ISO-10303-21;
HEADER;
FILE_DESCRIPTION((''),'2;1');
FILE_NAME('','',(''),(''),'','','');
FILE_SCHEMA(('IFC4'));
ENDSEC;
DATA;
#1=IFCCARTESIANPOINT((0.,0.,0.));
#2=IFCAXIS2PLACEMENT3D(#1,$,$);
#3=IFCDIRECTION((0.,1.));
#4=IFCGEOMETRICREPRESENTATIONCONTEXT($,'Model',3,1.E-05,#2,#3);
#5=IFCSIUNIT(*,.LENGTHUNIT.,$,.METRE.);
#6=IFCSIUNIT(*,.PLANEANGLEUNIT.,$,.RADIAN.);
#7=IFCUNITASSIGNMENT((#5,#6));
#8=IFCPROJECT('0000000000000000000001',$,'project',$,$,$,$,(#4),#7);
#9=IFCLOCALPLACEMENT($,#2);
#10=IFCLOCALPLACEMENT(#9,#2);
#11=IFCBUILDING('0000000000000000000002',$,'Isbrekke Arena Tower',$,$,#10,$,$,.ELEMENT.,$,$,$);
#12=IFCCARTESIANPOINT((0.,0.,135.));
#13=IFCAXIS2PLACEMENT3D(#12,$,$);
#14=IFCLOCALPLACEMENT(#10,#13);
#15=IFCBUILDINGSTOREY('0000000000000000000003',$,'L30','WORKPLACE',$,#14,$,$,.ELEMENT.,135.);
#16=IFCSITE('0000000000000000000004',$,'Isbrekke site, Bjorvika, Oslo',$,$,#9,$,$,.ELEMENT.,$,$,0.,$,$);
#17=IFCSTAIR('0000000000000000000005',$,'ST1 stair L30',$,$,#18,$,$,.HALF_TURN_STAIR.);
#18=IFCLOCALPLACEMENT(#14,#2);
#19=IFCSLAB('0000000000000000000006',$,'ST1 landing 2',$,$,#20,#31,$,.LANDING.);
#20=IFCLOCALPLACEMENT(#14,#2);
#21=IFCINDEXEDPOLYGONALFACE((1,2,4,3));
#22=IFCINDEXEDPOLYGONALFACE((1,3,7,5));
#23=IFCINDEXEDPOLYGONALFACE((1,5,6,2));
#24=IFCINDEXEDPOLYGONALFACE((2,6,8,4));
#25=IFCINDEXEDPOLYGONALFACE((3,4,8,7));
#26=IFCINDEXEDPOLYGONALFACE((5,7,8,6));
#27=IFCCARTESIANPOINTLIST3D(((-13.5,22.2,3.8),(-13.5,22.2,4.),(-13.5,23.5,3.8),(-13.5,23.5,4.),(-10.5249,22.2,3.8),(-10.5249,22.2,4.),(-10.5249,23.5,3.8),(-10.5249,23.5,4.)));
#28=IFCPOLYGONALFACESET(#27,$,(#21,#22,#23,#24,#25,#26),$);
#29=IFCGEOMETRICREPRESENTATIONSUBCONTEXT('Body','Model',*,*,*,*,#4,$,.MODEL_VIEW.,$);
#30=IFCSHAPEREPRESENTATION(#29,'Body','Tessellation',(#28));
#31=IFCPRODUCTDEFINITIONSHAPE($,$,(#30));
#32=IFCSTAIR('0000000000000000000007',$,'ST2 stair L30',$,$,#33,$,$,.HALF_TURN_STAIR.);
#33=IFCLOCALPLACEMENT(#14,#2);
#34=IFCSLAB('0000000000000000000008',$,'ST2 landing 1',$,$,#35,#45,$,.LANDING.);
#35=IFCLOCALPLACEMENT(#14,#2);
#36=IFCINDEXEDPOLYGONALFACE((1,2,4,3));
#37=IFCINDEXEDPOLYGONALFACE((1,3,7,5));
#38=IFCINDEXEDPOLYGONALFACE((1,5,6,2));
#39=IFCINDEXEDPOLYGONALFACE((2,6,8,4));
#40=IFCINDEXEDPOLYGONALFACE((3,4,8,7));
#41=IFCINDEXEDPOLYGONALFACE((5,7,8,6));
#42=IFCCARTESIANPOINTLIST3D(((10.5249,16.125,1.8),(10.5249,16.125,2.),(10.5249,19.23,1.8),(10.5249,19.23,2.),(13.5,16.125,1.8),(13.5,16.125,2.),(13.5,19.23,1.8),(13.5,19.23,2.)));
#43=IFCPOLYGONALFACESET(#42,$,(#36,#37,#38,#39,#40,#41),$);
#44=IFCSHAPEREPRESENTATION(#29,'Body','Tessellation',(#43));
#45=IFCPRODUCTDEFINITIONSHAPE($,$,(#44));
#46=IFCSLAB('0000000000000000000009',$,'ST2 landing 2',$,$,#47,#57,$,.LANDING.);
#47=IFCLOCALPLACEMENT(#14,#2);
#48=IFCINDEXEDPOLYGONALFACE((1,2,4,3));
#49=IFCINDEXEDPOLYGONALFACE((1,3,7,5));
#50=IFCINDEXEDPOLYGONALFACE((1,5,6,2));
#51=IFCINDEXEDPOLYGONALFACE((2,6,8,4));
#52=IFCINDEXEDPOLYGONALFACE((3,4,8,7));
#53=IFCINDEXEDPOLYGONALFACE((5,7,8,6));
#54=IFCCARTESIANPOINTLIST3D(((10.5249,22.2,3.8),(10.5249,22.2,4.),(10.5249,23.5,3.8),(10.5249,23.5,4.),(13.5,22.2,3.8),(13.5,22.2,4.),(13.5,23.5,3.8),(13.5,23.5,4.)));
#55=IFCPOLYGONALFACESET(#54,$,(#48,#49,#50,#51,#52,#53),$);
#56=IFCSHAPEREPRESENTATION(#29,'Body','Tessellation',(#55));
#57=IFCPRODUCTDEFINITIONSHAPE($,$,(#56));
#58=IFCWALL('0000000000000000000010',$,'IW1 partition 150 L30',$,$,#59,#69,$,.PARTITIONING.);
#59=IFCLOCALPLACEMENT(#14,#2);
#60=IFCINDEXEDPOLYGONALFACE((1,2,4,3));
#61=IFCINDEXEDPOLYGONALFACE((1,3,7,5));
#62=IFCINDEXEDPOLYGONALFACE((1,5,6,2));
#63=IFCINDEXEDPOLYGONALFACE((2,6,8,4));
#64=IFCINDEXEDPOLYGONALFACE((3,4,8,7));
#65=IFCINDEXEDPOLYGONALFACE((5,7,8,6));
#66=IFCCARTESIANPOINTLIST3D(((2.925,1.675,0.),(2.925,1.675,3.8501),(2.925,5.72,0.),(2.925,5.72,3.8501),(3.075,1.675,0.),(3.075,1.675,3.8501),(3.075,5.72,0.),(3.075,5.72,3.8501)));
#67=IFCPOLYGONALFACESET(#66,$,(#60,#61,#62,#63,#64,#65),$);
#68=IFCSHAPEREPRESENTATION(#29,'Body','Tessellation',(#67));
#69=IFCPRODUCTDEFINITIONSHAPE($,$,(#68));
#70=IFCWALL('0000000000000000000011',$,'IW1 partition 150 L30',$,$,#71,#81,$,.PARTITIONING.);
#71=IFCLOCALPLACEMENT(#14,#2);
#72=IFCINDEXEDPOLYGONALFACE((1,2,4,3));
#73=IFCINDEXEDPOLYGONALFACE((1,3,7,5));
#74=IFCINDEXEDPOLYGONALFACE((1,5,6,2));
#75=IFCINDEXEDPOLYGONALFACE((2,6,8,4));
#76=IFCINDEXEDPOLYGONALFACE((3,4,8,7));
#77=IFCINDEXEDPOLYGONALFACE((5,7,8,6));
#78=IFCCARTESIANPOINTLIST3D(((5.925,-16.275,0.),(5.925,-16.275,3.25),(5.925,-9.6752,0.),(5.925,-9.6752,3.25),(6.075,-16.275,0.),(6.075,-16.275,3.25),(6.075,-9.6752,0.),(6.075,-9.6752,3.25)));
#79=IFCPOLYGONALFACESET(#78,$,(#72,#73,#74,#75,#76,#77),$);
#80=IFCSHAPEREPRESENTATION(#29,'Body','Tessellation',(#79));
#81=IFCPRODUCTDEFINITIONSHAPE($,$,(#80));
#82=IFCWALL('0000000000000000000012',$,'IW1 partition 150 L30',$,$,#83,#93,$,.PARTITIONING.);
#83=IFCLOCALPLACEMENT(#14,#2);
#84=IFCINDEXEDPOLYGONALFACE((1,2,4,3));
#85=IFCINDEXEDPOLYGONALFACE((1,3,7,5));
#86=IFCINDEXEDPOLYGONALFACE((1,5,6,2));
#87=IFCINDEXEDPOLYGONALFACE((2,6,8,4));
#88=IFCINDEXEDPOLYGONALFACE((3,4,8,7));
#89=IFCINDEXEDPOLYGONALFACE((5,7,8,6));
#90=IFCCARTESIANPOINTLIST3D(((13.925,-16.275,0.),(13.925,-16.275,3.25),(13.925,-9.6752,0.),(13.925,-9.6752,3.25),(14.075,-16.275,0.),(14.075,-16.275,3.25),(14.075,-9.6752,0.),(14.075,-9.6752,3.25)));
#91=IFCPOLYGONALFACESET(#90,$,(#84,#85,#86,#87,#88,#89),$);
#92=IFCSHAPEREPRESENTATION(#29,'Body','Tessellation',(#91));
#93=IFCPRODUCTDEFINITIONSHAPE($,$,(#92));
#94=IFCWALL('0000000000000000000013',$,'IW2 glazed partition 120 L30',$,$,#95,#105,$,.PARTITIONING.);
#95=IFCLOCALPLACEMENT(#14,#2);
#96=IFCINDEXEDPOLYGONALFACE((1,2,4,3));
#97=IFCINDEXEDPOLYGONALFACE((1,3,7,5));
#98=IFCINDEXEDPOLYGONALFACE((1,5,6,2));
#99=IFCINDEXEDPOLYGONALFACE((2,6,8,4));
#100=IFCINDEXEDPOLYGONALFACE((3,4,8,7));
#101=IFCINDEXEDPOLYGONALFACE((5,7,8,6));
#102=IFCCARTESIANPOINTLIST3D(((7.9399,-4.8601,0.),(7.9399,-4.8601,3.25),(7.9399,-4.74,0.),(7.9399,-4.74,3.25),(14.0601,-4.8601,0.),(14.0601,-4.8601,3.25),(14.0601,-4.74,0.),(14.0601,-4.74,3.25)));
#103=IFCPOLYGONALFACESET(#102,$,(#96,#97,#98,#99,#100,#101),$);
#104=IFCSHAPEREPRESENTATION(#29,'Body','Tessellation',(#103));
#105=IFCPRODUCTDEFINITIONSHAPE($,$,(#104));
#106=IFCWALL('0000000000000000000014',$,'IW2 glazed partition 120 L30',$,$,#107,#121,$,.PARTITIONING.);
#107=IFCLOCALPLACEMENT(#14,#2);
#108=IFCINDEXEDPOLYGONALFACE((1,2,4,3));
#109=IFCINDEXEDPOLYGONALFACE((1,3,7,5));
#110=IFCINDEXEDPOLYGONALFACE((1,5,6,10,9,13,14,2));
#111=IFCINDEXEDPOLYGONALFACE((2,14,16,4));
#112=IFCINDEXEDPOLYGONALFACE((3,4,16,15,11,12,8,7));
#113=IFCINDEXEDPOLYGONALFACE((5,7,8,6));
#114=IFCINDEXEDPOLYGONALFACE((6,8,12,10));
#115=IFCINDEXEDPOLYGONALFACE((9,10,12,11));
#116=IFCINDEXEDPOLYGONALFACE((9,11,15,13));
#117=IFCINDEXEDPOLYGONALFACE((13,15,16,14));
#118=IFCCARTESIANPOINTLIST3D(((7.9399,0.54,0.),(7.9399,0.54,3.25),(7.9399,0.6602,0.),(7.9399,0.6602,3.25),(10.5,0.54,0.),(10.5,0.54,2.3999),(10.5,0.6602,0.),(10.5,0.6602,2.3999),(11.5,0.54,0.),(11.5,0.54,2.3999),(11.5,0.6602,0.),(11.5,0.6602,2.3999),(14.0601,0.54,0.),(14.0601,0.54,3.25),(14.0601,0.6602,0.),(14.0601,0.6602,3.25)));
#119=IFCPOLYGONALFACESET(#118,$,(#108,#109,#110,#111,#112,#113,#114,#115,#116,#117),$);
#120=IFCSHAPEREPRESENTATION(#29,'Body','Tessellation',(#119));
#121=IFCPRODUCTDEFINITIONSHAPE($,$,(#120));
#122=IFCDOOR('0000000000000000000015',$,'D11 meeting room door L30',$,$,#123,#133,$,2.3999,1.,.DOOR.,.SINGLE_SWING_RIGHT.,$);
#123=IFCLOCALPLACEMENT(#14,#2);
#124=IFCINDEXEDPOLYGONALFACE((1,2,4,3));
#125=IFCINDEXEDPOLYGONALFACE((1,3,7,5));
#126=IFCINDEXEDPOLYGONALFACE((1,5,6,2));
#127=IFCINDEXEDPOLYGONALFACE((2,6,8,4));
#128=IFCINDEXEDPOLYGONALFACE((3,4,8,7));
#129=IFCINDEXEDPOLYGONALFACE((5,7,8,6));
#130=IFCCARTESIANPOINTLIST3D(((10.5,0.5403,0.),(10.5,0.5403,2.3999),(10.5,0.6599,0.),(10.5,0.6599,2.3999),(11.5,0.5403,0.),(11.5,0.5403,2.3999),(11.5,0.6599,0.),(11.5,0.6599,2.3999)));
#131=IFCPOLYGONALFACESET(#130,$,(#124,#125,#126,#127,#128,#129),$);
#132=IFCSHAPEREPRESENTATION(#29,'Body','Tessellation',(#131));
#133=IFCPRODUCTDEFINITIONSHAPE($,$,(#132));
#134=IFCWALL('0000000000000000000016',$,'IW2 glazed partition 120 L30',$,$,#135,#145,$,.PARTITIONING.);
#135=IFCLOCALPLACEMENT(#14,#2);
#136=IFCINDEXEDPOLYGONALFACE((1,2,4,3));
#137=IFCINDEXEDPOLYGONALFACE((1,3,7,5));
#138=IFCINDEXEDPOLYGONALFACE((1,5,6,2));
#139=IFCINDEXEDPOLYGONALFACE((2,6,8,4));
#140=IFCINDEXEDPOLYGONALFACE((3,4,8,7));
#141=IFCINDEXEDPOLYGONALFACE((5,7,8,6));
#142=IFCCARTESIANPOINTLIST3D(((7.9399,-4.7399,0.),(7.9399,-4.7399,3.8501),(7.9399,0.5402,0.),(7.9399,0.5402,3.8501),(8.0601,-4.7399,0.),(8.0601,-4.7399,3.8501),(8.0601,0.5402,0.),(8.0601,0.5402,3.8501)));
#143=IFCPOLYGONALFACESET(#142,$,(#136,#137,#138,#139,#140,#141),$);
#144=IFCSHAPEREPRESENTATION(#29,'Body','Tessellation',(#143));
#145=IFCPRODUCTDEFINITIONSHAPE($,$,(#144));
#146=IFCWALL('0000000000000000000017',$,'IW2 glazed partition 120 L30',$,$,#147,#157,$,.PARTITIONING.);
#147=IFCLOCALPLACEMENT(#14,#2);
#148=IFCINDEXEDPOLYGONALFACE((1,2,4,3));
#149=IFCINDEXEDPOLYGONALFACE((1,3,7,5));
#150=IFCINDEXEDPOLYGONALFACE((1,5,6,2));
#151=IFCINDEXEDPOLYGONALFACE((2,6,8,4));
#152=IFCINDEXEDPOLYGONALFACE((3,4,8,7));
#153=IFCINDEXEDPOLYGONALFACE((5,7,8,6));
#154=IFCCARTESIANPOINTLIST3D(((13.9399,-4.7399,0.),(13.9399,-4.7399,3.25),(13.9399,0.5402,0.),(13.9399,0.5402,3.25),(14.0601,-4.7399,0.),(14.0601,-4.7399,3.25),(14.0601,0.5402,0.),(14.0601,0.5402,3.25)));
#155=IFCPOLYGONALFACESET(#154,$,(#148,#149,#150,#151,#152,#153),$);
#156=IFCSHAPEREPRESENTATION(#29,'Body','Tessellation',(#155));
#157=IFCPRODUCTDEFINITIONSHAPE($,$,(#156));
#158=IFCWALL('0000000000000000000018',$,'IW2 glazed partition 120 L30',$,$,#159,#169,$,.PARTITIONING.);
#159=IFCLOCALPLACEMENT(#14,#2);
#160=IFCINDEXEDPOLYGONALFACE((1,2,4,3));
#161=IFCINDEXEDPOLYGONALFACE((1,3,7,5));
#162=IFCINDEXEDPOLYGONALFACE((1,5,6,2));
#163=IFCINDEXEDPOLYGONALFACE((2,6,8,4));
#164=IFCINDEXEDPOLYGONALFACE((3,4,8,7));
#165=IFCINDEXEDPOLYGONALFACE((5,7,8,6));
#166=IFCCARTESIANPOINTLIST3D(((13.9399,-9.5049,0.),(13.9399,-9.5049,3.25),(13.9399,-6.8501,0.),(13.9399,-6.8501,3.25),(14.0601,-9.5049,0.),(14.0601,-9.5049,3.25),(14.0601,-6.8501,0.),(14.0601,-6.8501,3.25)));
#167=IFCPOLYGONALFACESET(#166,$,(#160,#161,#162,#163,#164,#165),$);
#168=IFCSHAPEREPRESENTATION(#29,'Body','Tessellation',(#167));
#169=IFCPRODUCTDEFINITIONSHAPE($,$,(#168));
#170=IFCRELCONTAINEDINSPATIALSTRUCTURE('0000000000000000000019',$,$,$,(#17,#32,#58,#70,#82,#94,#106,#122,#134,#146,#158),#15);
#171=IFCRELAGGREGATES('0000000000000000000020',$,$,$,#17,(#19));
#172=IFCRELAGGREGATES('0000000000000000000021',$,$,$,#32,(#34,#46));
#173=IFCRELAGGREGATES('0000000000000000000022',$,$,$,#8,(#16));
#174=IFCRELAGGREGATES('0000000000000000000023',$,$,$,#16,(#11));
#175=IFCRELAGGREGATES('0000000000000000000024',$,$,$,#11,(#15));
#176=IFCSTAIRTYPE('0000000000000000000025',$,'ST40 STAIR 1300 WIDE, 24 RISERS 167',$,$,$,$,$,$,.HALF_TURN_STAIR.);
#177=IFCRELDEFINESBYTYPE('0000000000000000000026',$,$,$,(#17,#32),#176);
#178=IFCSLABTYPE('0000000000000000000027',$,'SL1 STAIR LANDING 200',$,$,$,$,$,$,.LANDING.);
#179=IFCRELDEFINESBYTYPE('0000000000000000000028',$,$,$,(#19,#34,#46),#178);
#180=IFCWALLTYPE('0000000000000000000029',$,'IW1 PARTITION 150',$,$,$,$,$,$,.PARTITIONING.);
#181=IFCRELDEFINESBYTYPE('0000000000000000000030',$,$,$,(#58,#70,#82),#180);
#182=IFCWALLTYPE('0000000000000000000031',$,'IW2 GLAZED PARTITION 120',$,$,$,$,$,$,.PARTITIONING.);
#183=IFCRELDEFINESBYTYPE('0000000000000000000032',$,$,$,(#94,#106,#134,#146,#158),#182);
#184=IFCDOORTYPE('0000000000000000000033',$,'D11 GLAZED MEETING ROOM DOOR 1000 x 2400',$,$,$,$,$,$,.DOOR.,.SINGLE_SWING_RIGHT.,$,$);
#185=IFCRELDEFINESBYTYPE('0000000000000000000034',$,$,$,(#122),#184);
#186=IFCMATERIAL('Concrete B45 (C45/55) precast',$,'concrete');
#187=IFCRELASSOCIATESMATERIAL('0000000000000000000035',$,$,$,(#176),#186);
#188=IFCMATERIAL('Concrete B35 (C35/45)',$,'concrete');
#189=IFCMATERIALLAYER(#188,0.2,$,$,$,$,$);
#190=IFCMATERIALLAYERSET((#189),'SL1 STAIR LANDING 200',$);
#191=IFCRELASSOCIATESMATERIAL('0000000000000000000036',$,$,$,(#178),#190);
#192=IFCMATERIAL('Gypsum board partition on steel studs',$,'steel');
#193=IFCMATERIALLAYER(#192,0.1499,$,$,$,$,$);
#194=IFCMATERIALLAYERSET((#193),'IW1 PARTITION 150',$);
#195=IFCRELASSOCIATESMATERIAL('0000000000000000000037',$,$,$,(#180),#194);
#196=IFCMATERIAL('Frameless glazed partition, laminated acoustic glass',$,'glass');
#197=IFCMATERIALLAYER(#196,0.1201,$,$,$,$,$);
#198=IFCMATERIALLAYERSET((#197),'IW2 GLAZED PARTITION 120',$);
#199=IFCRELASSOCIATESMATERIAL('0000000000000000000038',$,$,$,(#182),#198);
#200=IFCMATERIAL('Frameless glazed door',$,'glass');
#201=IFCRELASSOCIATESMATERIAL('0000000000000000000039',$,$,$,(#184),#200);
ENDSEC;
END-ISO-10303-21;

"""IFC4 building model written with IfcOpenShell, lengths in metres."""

from ifc_helpers import new_model, si_unit, direction, frame, frame_2d, origin, place, context, subcontext, project, spatial, polyline, rectangle, outline, extrude, material, layer, layer_set, type_object, element, fill, aggregate, save


model = new_model("IFC4")

# Units and contexts
model_context = context("Model", 3, precision=1e-05, world=origin(), true_north=direction((0.0, 1.0)))
body_context = subcontext(model_context, "Body", "Model", "MODEL_VIEW")
ifc_project = project(units=[si_unit("LENGTHUNIT", "METRE"), si_unit("PLANEANGLEUNIT", "RADIAN")], contexts=[model_context])

# Site, building, storey
site_placement = place(None, origin())
site = spatial("IfcSite", under=ifc_project, at=site_placement, Name="Isbrekke site, Bjorvika, Oslo", CompositionType="ELEMENT", RefElevation=0.0)
building_placement = place(site_placement, origin())
building = spatial("IfcBuilding", under=site, at=building_placement, Name="Isbrekke Arena Tower", CompositionType="ELEMENT")
storey_placement = place(building_placement, frame((0.0, 0.0, 135.0)))
storey = spatial("IfcBuildingStorey", under=building, at=storey_placement, Name="L30", Description="WORKPLACE", CompositionType="ELEMENT", Elevation=135.0)

# Stairs, slabs
ifc_material_1 = material(Name="Concrete B45 (C45/55) precast", Category="concrete")
stair_type = type_object("IfcStairType", Name="ST40 STAIR 1300 WIDE, 24 RISERS 167", PredefinedType="HALF_TURN_STAIR", material=ifc_material_1)
stair_1_placement = place(storey_placement, origin())
stair_1 = element("IfcStair", 1, at=stair_1_placement, inside=storey, type_object=stair_type, Name="ST1 stair L30", PredefinedType="HALF_TURN_STAIR")
ifc_material_2 = material(Name="Concrete B35 (C35/45)", Category="concrete")
ifc_layer_1 = layer(ifc_material_2, 0.2)
ifc_layer_set_1 = layer_set([ifc_layer_1], Name="SL1 STAIR LANDING 200")
slab_type_1 = type_object("IfcSlabType", Name="SL1 STAIR LANDING 200", PredefinedType="LANDING", material=ifc_layer_set_1)
slab_1_placement = place(storey_placement, frame((0.0, 0.0, 3.8)))
slab_1 = element("IfcSlab", 2, at=slab_1_placement, type_object=slab_type_1, Name="ST1 landing 2", PredefinedType="LANDING", context=body_context, shape_type="SweptSolid", body=[
    extrude(outline(polyline([(-13.5, 22.2), (-10.5249, 22.2), (-10.5249, 23.5), (-13.5, 23.5), (-13.5, 22.2)])), origin(), (0.0, 0.0, 1.0), 0.2),
])
aggregate(stair_1, [slab_1])
stair_2_placement = place(storey_placement, origin())
stair_2 = element("IfcStair", 3, at=stair_2_placement, inside=storey, type_object=stair_type, Name="ST2 stair L30", PredefinedType="HALF_TURN_STAIR")
slab_2_placement = place(storey_placement, frame((0.0, 0.0, 1.8)))
slab_2 = element("IfcSlab", 4, at=slab_2_placement, type_object=slab_type_1, Name="ST2 landing 1", PredefinedType="LANDING", context=body_context, shape_type="SweptSolid", body=[
    extrude(outline(polyline([(10.5249, 16.125), (13.5, 16.125), (13.5, 19.23), (10.5249, 19.23), (10.5249, 16.125)])), origin(), (0.0, 0.0, 1.0), 0.2),
])
slab_3_placement = place(storey_placement, frame((0.0, 0.0, 3.8)))
slab_3 = element("IfcSlab", 5, at=slab_3_placement, type_object=slab_type_1, Name="ST2 landing 2", PredefinedType="LANDING", context=body_context, shape_type="SweptSolid", body=[
    extrude(outline(polyline([(10.5249, 22.2), (13.5, 22.2), (13.5, 23.5), (10.5249, 23.5), (10.5249, 22.2)])), origin(), (0.0, 0.0, 1.0), 0.2),
])
aggregate(stair_2, [slab_2, slab_3])

# Walls
ifc_material_3 = material(Name="Gypsum board partition on steel studs", Category="steel")
ifc_layer_2 = layer(ifc_material_3, 0.1499)
ifc_layer_set_2 = layer_set([ifc_layer_2], Name="IW1 PARTITION 150")
wall_type_1 = type_object("IfcWallType", Name="IW1 PARTITION 150", PredefinedType="PARTITIONING", material=ifc_layer_set_2)
wall_1_placement = place(storey_placement, frame((3.0, 1.675, 0.0), z_axis=(0.0, 0.0, 1.0), x_axis=(0.0, 1.0, 0.0)))
element("IfcWall", 6, at=wall_1_placement, inside=storey, type_object=wall_type_1, Name="IW1 partition 150 L30", PredefinedType="PARTITIONING", context=body_context, shape_type="SweptSolid", body=[
    extrude(rectangle(XDim=4.0449, YDim=0.1499, at=frame_2d((2.0225, 0.0))), origin(), (0.0, 0.0, 1.0), 3.8501),
])
for number, where, z_axis, x_axis, name in (
    (7, (6.0, -16.2749, 0.0), (0.0, 0.0, 1.0), (0.0, 1.0, 0.0), "IW1 partition 150 L30"),
    (8, (14.0, -16.2749, 0.0), (0.0, 0.0, 1.0), (0.0, 1.0, 0.0), "IW1 partition 150 L30"),
):
    element("IfcWall", number, at=place(storey_placement, frame(where, z_axis=z_axis, x_axis=x_axis)), inside=storey, type_object=wall_type_1, Name=name, PredefinedType="PARTITIONING", context=body_context, shape_type="SweptSolid", body=[
        extrude(rectangle(XDim=6.5999, YDim=0.1499, at=frame_2d((3.2998, 0.0))), origin(), (0.0, 0.0, 1.0), 3.25),
    ])
ifc_material_4 = material(Name="Frameless glazed partition, laminated acoustic glass", Category="glass")
ifc_layer_3 = layer(ifc_material_4, 0.1201)
ifc_layer_set_3 = layer_set([ifc_layer_3], Name="IW2 GLAZED PARTITION 120")
wall_type_2 = type_object("IfcWallType", Name="IW2 GLAZED PARTITION 120", PredefinedType="PARTITIONING", material=ifc_layer_set_3)
wall_2_placement = place(storey_placement, frame((7.9399, -4.8, 0.0), z_axis=(0.0, 0.0, 1.0), x_axis=(1.0, 0.0, 0.0)))
element("IfcWall", 9, at=wall_2_placement, inside=storey, type_object=wall_type_2, Name="IW2 glazed partition 120 L30", PredefinedType="PARTITIONING", context=body_context, shape_type="SweptSolid", body=[
    extrude(rectangle(XDim=6.1201, YDim=0.1201, at=frame_2d((3.0601, 0.0))), origin(), (0.0, 0.0, 1.0), 3.25),
])

# Wall, opening, door
wall_3_placement = place(storey_placement, frame((7.9399, 0.6001, 0.0), z_axis=(0.0, 0.0, 1.0), x_axis=(1.0, 0.0, 0.0)))
wall_3 = element("IfcWall", 10, at=wall_3_placement, inside=storey, type_object=wall_type_2, Name="IW2 glazed partition 120 L30", PredefinedType="PARTITIONING", context=body_context, shape_type="SweptSolid", body=[
    extrude(rectangle(XDim=6.1201, YDim=0.1201, at=frame_2d((3.0601, 0.0))), origin(), (0.0, 0.0, 1.0), 3.25),
])
opening_placement = place(wall_3_placement, frame((2.5601, 0.0, 0.0)))
opening = element("IfcOpeningElement", 11, at=opening_placement, cuts=wall_3, PredefinedType="OPENING", context=body_context, shape_type="SweptSolid", body=[
    extrude(rectangle(XDim=1.0, YDim=2.3999, at=frame_2d((0.5, 1.2))), frame((0.0, 0.075, 0.0), z_axis=(0.0, -1.0, 0.0), x_axis=(1.0, 0.0, 0.0)), (0.0, 0.0, 1.0), 0.1499),
])
ifc_material_5 = material(Name="Frameless glazed door", Category="glass")
door_type = type_object("IfcDoorType", Name="D11 GLAZED MEETING ROOM DOOR 1000 x 2400", OperationType="SINGLE_SWING_RIGHT", PredefinedType="DOOR", material=ifc_material_5)
door_placement = place(opening_placement, origin())
door = element("IfcDoor", 12, at=door_placement, inside=storey, type_object=door_type, Name="D11 meeting room door L30", OperationType="SINGLE_SWING_RIGHT", OverallHeight=2.3999, OverallWidth=1.0, PredefinedType="DOOR", context=body_context, shape_type="SweptSolid", body=[
    extrude(rectangle(XDim=1.0, YDim=2.3999, at=frame_2d((0.5, 1.2))), frame((0.0, 0.0598, 0.0), z_axis=(0.0, -1.0, 0.0), x_axis=(1.0, 0.0, 0.0)), (0.0, 0.0, 1.0), 0.1196),
])
fill(opening, door)

# Walls
wall_4_placement = place(storey_placement, frame((8.0, -4.74, 0.0), z_axis=(0.0, 0.0, 1.0), x_axis=(0.0, 1.0, 0.0)))
element("IfcWall", 13, at=wall_4_placement, inside=storey, type_object=wall_type_2, Name="IW2 glazed partition 120 L30", PredefinedType="PARTITIONING", context=body_context, shape_type="SweptSolid", body=[
    extrude(rectangle(XDim=5.28, YDim=0.1201, at=frame_2d((2.6401, 0.0))), origin(), (0.0, 0.0, 1.0), 3.8501),
])
wall_5_placement = place(storey_placement, frame((14.0, -4.74, 0.0), z_axis=(0.0, 0.0, 1.0), x_axis=(0.0, 1.0, 0.0)))
element("IfcWall", 14, at=wall_5_placement, inside=storey, type_object=wall_type_2, Name="IW2 glazed partition 120 L30", PredefinedType="PARTITIONING", context=body_context, shape_type="SweptSolid", body=[
    extrude(rectangle(XDim=5.28, YDim=0.1201, at=frame_2d((2.6401, 0.0))), origin(), (0.0, 0.0, 1.0), 3.25),
])
wall_6_placement = place(storey_placement, frame((14.0, -9.5049, 0.0), z_axis=(0.0, 0.0, 1.0), x_axis=(0.0, 1.0, 0.0)))
element("IfcWall", 15, at=wall_6_placement, inside=storey, type_object=wall_type_2, Name="IW2 glazed partition 120 L30", PredefinedType="PARTITIONING", context=body_context, shape_type="SweptSolid", body=[
    extrude(rectangle(XDim=2.6548, YDim=0.1201, at=frame_2d((1.3274, 0.0))), origin(), (0.0, 0.0, 1.0), 3.25),
])

save(model, "model.ifc")
